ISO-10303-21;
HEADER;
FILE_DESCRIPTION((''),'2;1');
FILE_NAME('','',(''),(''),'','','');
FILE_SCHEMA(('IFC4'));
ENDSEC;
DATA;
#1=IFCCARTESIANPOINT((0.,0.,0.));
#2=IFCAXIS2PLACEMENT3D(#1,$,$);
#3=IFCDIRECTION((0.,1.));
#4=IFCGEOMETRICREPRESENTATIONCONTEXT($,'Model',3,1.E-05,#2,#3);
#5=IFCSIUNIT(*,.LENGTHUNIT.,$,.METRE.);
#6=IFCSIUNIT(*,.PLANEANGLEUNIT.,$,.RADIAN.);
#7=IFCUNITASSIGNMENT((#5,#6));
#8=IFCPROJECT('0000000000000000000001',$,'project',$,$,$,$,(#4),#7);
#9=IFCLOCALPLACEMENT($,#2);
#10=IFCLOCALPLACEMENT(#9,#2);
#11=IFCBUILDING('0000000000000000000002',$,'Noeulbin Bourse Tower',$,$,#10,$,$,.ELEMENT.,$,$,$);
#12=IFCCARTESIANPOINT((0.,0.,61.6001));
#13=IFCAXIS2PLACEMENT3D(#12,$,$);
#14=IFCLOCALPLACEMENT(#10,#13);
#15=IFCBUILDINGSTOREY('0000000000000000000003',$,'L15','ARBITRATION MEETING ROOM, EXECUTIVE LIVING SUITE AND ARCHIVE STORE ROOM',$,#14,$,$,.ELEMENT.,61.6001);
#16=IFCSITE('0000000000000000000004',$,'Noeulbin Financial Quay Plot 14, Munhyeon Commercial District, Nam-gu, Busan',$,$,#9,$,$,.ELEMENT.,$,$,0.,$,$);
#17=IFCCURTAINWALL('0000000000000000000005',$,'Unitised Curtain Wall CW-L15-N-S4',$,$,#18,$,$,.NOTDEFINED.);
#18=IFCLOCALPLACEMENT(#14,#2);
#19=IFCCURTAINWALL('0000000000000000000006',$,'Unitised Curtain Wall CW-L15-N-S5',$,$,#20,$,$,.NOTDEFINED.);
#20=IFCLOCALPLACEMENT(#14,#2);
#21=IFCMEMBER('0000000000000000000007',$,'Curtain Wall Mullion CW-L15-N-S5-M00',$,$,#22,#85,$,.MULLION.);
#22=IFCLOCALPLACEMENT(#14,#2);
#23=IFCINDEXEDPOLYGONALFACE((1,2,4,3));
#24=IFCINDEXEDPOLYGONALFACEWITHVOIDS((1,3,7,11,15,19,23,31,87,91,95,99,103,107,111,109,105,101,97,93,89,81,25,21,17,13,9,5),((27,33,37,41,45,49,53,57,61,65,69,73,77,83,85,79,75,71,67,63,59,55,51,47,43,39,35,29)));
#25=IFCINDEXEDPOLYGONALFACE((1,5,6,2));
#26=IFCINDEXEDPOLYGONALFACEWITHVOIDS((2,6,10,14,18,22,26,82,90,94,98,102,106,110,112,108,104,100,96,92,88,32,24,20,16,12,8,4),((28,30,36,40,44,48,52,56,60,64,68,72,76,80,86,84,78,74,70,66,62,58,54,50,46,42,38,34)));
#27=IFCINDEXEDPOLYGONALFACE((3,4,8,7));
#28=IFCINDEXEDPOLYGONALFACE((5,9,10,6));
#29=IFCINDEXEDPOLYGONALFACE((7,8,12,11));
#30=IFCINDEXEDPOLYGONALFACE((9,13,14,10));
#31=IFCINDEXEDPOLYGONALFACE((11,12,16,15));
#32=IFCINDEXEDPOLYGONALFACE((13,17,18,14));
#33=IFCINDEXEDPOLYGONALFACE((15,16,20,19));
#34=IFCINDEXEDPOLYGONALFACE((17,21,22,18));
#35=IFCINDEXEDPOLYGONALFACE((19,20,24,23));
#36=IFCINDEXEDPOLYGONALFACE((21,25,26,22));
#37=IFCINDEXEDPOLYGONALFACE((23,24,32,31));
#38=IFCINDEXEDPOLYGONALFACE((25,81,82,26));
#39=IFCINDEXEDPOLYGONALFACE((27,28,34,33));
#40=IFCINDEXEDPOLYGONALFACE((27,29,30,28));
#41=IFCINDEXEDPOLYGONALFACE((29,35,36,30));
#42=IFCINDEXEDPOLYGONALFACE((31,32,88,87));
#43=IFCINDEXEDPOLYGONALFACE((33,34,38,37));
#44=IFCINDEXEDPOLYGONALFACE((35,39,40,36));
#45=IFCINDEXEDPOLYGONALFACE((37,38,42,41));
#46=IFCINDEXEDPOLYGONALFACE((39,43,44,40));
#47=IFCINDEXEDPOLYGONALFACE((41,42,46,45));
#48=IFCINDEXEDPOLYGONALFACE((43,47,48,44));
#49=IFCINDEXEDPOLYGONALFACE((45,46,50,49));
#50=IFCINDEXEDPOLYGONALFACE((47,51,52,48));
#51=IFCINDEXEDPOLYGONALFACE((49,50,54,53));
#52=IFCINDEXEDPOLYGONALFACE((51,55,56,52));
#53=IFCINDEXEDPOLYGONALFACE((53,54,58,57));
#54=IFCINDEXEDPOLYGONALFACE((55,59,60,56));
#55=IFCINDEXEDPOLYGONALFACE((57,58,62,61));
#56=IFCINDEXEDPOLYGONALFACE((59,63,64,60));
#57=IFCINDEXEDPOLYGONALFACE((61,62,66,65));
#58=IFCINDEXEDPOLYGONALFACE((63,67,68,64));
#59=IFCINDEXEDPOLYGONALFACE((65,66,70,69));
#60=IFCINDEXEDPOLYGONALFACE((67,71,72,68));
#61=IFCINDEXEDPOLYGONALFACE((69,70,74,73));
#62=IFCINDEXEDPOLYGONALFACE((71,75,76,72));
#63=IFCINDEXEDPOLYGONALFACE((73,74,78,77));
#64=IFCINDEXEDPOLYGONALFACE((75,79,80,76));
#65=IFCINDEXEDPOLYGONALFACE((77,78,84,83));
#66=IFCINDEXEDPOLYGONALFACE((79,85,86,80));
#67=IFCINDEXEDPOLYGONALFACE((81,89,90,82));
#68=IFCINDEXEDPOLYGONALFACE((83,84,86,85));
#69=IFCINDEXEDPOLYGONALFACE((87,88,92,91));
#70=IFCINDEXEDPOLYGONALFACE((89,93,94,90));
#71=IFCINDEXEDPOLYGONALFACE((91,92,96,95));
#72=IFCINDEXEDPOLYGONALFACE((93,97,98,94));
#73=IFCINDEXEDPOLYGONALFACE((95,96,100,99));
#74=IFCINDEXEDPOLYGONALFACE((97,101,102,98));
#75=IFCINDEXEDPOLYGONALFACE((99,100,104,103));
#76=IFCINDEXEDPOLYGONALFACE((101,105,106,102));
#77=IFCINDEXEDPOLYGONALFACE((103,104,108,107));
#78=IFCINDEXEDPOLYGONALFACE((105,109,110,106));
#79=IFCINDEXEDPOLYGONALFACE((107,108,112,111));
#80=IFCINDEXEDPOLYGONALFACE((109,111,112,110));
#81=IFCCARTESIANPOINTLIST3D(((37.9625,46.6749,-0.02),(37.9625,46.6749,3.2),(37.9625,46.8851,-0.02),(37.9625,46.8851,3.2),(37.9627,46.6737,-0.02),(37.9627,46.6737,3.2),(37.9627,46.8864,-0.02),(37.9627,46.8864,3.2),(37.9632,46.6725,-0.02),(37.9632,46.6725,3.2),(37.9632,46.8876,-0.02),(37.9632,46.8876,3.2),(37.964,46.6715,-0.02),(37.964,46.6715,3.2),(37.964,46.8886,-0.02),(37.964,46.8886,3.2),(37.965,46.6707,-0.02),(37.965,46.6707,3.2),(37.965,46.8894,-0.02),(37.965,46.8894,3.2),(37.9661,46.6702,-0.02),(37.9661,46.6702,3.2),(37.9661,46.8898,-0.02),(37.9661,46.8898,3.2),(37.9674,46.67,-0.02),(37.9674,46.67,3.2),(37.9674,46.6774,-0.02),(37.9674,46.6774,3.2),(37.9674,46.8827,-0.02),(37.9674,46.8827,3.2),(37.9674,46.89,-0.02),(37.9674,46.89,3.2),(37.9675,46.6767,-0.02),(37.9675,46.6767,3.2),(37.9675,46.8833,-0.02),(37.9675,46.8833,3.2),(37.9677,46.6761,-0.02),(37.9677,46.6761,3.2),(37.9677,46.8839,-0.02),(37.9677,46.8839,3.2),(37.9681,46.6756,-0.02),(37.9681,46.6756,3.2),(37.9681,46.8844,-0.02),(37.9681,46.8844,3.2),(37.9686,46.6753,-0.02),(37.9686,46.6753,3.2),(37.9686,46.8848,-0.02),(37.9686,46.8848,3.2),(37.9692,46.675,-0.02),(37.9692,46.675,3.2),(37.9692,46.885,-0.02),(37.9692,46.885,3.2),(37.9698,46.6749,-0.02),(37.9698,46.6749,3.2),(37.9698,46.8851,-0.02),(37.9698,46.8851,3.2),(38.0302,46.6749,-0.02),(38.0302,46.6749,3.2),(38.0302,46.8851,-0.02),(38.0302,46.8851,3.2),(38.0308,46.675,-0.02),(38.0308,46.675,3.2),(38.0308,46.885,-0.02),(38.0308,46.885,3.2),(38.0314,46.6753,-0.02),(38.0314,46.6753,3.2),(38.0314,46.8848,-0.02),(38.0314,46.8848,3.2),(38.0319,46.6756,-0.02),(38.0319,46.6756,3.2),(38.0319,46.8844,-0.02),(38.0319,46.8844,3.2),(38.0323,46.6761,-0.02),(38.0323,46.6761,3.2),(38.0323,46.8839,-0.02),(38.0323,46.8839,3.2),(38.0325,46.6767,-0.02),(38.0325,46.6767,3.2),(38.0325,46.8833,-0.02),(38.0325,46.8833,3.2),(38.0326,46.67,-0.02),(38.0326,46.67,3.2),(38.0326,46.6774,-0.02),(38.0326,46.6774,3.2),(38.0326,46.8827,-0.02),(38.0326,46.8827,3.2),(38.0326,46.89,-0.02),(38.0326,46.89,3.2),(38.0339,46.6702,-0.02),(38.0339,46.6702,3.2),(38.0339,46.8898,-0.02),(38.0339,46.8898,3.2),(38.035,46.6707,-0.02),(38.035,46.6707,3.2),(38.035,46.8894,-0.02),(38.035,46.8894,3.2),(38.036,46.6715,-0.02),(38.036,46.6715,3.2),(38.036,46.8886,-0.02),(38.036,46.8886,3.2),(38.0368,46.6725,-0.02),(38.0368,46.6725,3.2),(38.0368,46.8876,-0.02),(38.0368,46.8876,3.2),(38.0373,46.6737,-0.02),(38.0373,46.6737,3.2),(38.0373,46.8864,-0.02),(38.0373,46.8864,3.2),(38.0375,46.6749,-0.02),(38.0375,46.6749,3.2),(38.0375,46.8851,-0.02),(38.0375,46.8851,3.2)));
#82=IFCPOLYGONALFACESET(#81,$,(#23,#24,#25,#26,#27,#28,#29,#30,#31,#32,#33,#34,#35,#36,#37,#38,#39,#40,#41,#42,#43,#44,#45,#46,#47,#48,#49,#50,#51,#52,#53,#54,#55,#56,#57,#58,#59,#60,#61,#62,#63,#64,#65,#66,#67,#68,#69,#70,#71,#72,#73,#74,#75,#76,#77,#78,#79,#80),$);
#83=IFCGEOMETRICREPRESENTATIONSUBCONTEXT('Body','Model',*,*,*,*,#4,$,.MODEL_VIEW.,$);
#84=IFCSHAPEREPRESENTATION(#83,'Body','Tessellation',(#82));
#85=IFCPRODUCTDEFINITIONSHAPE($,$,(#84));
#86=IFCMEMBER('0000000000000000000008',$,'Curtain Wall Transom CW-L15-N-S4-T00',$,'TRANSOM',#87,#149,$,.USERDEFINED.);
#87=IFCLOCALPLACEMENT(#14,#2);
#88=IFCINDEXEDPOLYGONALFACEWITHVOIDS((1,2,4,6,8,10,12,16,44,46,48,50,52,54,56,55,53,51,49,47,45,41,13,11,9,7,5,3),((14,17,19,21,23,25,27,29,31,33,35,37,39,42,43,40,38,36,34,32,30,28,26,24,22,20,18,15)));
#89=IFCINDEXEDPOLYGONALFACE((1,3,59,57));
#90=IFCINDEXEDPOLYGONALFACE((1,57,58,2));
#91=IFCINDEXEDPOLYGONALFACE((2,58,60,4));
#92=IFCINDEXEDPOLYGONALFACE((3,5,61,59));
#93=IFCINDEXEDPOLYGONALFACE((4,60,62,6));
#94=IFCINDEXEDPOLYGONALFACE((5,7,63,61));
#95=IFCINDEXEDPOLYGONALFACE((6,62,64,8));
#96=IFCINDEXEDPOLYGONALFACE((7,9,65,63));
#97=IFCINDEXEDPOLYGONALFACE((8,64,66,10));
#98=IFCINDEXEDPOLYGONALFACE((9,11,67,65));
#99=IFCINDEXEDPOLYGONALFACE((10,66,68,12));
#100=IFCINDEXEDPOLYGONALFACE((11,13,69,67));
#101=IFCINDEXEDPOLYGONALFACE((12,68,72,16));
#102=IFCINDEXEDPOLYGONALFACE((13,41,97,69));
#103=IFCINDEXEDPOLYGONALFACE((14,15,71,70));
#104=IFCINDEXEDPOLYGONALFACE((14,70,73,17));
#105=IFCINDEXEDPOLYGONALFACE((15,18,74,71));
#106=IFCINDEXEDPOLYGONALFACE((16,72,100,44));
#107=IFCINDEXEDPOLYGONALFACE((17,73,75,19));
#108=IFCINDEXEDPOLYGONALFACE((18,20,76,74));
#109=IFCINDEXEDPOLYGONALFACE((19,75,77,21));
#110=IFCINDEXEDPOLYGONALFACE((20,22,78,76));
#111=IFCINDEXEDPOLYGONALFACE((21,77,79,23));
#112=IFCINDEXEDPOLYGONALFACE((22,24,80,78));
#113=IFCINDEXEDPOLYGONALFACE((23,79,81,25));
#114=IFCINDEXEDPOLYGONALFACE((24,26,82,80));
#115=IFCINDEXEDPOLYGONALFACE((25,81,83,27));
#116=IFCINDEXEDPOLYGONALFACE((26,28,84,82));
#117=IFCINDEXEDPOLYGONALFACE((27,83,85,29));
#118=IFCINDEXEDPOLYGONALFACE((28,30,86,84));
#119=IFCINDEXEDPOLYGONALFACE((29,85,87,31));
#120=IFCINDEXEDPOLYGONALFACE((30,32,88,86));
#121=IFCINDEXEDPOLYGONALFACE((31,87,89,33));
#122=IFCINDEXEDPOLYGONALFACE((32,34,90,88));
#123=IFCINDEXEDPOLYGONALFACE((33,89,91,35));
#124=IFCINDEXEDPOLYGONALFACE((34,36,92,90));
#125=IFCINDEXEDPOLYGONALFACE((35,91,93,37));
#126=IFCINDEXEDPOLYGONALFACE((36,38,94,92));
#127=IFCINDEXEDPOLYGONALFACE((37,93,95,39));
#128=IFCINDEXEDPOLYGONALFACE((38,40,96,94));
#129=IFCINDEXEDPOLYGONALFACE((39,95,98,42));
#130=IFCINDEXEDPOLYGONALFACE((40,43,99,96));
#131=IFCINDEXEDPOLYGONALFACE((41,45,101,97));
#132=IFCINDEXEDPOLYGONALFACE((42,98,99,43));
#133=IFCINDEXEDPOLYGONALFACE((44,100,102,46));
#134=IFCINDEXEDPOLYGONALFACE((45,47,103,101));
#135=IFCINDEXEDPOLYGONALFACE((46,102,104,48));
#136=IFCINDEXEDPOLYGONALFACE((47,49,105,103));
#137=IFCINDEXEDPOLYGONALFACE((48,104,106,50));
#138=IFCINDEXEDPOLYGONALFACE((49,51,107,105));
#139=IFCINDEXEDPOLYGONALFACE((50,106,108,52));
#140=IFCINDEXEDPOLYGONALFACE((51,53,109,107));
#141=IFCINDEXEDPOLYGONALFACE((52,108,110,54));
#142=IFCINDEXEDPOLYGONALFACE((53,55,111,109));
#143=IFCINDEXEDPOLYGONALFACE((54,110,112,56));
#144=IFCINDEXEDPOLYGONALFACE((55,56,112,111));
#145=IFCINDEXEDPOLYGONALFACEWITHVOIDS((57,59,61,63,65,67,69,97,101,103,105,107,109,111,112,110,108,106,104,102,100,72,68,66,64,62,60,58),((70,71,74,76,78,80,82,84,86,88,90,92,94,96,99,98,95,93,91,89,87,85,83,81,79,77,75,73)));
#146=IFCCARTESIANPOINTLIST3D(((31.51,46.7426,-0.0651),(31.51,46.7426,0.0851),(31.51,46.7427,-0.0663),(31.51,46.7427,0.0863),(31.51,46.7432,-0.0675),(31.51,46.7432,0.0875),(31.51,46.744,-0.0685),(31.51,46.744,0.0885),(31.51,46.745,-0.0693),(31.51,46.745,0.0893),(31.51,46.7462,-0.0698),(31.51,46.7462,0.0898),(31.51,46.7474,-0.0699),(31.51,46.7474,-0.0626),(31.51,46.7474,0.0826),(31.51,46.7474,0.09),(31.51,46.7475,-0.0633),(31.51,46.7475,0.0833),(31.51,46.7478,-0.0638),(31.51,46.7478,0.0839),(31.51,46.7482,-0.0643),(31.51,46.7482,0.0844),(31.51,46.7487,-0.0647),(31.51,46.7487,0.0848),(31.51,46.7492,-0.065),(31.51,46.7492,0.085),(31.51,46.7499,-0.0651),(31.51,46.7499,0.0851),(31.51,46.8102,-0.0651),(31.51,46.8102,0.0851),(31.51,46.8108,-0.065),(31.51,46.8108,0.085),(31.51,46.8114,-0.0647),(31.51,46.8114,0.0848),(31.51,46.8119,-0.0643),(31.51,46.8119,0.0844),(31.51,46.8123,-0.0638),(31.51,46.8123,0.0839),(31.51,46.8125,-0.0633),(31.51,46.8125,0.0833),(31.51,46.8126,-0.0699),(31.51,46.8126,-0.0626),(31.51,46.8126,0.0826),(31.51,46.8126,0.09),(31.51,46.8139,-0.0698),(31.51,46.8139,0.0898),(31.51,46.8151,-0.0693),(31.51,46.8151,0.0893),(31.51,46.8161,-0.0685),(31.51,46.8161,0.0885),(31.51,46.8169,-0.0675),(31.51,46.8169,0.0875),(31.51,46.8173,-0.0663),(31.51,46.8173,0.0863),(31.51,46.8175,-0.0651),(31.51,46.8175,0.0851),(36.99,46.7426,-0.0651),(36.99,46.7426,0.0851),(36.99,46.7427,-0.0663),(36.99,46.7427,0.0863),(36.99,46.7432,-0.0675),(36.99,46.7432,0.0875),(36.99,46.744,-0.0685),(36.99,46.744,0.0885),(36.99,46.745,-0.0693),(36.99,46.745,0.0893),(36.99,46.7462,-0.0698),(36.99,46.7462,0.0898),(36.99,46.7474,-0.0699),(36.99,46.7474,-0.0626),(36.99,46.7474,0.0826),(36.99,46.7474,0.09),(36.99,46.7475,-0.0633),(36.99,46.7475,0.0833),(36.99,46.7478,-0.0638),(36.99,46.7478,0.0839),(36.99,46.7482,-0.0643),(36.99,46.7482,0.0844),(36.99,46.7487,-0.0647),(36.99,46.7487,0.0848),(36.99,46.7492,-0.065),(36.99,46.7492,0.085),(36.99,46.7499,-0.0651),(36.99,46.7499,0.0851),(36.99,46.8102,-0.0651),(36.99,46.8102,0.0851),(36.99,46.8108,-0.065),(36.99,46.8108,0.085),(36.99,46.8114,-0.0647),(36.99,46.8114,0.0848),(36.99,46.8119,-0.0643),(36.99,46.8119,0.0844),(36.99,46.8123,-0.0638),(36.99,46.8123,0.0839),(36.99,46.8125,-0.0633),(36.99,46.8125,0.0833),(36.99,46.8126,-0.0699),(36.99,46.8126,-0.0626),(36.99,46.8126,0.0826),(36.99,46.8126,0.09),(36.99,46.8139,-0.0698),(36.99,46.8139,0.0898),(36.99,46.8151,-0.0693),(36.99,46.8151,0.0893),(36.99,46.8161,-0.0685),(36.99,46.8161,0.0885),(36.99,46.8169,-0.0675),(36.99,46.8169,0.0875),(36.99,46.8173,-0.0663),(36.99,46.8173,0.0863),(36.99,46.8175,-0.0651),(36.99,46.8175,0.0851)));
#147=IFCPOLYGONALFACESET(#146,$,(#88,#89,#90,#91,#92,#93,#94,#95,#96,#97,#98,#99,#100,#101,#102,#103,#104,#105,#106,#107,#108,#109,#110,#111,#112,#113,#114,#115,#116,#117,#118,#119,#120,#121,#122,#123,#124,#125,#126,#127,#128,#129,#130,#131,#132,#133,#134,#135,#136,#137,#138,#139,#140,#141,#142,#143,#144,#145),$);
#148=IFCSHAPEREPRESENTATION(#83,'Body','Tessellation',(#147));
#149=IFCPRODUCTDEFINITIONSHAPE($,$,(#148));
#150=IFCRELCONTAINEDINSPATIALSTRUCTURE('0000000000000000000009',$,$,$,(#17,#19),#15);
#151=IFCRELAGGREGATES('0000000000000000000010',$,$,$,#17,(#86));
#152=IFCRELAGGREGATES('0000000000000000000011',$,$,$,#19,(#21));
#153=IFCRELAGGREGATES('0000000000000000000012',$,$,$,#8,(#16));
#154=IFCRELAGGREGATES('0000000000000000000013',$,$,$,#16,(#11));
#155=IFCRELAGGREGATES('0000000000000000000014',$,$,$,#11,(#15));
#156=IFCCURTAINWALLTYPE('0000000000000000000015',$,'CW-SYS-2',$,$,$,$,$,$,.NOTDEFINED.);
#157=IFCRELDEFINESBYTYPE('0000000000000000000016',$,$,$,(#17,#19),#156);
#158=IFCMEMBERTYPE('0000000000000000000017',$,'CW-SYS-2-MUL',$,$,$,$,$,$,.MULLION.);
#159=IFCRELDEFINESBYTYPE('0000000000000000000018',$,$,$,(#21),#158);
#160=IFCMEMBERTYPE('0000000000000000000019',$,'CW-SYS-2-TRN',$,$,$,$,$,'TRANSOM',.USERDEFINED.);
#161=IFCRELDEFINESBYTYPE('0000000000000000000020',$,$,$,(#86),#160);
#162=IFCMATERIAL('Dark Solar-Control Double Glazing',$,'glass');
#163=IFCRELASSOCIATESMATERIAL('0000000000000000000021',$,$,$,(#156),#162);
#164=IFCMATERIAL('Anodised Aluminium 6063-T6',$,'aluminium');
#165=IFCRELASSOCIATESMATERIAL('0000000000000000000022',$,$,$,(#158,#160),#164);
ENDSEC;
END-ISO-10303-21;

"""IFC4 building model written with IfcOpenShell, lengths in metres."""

from ifc_helpers import new_model, si_unit, direction, frame, origin, origin_2d, place, context, subcontext, project, spatial, hollow_rectangle, extrude, material, material_profile, profile_set, type_object, element, aggregate, save


model = new_model("IFC4")

# Units and contexts
model_context = context("Model", 3, precision=1e-05, world=origin(), true_north=direction((0.0, 1.0)))
body_context = subcontext(model_context, "Body", "Model", "MODEL_VIEW")
ifc_project = project(units=[si_unit("LENGTHUNIT", "METRE"), si_unit("PLANEANGLEUNIT", "RADIAN")], contexts=[model_context])

# Site, building, storey
site_placement = place(None, origin())
site = spatial("IfcSite", under=ifc_project, at=site_placement, Name="Noeulbin Financial Quay Plot 14, Munhyeon Commercial District, Nam-gu, Busan", CompositionType="ELEMENT", RefElevation=0.0)
building_placement = place(site_placement, origin())
building = spatial("IfcBuilding", under=site, at=building_placement, Name="Noeulbin Bourse Tower", CompositionType="ELEMENT")
storey_placement = place(building_placement, frame((0.0, 0.0, 61.6001)))
storey = spatial("IfcBuildingStorey", under=building, at=storey_placement, Name="L15", Description="ARBITRATION MEETING ROOM, EXECUTIVE LIVING SUITE AND ARCHIVE STORE ROOM", CompositionType="ELEMENT", Elevation=61.6001)

# Shared definitions
ifc_material_1 = material(Name="Dark Solar-Control Double Glazing", Category="glass")
curtain_wall_type = type_object("IfcCurtainWallType", Name="CW-SYS-2", PredefinedType="NOTDEFINED", material=ifc_material_1)
ifc_material_2 = material(Name="Anodised Aluminium 6063-T6", Category="aluminium")
ifc_material_profile_1 = material_profile(ifc_material_2, hollow_rectangle(XDim=0.075, YDim=0.22, WallThickness=0.0049, InnerFilletRadius=0.0024, OuterFilletRadius=0.0049, at=origin_2d()), Name="ALU-MULL-75x220x5", Category="LoadBearing")
ifc_profile_set_1 = profile_set([ifc_material_profile_1], Name="Anodised Aluminium 6063-T6")
member_type_1 = type_object("IfcMemberType", Name="CW-SYS-2-MUL", PredefinedType="MULLION", material=ifc_profile_set_1)

# Curtain wall
curtain_wall_1_placement = place(storey_placement, origin())
curtain_wall_1 = element("IfcCurtainWall", 1, at=curtain_wall_1_placement, inside=storey, type_object=curtain_wall_type, Name="Unitised Curtain Wall CW-L15-N-S4", PredefinedType="NOTDEFINED")

# Curtain wall, member
curtain_wall_2_placement = place(storey_placement, origin())
curtain_wall_2 = element("IfcCurtainWall", 2, at=curtain_wall_2_placement, inside=storey, type_object=curtain_wall_type, Name="Unitised Curtain Wall CW-L15-N-S5", PredefinedType="NOTDEFINED")
member_1_placement = place(storey_placement, frame((38.0, 46.78, -0.02), z_axis=(0.0, 0.0, 1.0), x_axis=(1.0, 0.0, 0.0)))
member_1 = element("IfcMember", 3, at=member_1_placement, type_object=member_type_1, Name="Curtain Wall Mullion CW-L15-N-S5-M00", PredefinedType="MULLION", context=body_context, shape_type="SweptSolid", body=[
    extrude(hollow_rectangle(XDim=0.075, YDim=0.22, WallThickness=0.0049, InnerFilletRadius=0.0024, OuterFilletRadius=0.0049, at=origin_2d()), origin(), (0.0, 0.0, 1.0), 3.22),
])

# Member
ifc_material_profile_2 = material_profile(ifc_material_2, hollow_rectangle(XDim=0.075, YDim=0.1599, WallThickness=0.0049, InnerFilletRadius=0.0024, OuterFilletRadius=0.0049, at=origin_2d()), Name="ALU-TRAN-75x160x5", Category="LoadBearing")
ifc_profile_set_2 = profile_set([ifc_material_profile_2], Name="Anodised Aluminium 6063-T6")
member_type_2 = type_object("IfcMemberType", Name="CW-SYS-2-TRN", ElementType="TRANSOM", PredefinedType="USERDEFINED", material=ifc_profile_set_2)
member_2_placement = place(storey_placement, frame((31.51, 46.78, 0.01), z_axis=(1.0, 0.0, 0.0), x_axis=(0.0, 1.0, 0.0)))
member_2 = element("IfcMember", 4, at=member_2_placement, type_object=member_type_2, Name="Curtain Wall Transom CW-L15-N-S4-T00", ObjectType="TRANSOM", PredefinedType="USERDEFINED", context=body_context, shape_type="SweptSolid", body=[
    extrude(hollow_rectangle(XDim=0.075, YDim=0.1599, WallThickness=0.0049, InnerFilletRadius=0.0024, OuterFilletRadius=0.0049, at=origin_2d()), origin(), (0.0, 0.0, 1.0), 5.48),
])

aggregate(curtain_wall_1, [member_2])
aggregate(curtain_wall_2, [member_1])

save(model, "model.ifc")
